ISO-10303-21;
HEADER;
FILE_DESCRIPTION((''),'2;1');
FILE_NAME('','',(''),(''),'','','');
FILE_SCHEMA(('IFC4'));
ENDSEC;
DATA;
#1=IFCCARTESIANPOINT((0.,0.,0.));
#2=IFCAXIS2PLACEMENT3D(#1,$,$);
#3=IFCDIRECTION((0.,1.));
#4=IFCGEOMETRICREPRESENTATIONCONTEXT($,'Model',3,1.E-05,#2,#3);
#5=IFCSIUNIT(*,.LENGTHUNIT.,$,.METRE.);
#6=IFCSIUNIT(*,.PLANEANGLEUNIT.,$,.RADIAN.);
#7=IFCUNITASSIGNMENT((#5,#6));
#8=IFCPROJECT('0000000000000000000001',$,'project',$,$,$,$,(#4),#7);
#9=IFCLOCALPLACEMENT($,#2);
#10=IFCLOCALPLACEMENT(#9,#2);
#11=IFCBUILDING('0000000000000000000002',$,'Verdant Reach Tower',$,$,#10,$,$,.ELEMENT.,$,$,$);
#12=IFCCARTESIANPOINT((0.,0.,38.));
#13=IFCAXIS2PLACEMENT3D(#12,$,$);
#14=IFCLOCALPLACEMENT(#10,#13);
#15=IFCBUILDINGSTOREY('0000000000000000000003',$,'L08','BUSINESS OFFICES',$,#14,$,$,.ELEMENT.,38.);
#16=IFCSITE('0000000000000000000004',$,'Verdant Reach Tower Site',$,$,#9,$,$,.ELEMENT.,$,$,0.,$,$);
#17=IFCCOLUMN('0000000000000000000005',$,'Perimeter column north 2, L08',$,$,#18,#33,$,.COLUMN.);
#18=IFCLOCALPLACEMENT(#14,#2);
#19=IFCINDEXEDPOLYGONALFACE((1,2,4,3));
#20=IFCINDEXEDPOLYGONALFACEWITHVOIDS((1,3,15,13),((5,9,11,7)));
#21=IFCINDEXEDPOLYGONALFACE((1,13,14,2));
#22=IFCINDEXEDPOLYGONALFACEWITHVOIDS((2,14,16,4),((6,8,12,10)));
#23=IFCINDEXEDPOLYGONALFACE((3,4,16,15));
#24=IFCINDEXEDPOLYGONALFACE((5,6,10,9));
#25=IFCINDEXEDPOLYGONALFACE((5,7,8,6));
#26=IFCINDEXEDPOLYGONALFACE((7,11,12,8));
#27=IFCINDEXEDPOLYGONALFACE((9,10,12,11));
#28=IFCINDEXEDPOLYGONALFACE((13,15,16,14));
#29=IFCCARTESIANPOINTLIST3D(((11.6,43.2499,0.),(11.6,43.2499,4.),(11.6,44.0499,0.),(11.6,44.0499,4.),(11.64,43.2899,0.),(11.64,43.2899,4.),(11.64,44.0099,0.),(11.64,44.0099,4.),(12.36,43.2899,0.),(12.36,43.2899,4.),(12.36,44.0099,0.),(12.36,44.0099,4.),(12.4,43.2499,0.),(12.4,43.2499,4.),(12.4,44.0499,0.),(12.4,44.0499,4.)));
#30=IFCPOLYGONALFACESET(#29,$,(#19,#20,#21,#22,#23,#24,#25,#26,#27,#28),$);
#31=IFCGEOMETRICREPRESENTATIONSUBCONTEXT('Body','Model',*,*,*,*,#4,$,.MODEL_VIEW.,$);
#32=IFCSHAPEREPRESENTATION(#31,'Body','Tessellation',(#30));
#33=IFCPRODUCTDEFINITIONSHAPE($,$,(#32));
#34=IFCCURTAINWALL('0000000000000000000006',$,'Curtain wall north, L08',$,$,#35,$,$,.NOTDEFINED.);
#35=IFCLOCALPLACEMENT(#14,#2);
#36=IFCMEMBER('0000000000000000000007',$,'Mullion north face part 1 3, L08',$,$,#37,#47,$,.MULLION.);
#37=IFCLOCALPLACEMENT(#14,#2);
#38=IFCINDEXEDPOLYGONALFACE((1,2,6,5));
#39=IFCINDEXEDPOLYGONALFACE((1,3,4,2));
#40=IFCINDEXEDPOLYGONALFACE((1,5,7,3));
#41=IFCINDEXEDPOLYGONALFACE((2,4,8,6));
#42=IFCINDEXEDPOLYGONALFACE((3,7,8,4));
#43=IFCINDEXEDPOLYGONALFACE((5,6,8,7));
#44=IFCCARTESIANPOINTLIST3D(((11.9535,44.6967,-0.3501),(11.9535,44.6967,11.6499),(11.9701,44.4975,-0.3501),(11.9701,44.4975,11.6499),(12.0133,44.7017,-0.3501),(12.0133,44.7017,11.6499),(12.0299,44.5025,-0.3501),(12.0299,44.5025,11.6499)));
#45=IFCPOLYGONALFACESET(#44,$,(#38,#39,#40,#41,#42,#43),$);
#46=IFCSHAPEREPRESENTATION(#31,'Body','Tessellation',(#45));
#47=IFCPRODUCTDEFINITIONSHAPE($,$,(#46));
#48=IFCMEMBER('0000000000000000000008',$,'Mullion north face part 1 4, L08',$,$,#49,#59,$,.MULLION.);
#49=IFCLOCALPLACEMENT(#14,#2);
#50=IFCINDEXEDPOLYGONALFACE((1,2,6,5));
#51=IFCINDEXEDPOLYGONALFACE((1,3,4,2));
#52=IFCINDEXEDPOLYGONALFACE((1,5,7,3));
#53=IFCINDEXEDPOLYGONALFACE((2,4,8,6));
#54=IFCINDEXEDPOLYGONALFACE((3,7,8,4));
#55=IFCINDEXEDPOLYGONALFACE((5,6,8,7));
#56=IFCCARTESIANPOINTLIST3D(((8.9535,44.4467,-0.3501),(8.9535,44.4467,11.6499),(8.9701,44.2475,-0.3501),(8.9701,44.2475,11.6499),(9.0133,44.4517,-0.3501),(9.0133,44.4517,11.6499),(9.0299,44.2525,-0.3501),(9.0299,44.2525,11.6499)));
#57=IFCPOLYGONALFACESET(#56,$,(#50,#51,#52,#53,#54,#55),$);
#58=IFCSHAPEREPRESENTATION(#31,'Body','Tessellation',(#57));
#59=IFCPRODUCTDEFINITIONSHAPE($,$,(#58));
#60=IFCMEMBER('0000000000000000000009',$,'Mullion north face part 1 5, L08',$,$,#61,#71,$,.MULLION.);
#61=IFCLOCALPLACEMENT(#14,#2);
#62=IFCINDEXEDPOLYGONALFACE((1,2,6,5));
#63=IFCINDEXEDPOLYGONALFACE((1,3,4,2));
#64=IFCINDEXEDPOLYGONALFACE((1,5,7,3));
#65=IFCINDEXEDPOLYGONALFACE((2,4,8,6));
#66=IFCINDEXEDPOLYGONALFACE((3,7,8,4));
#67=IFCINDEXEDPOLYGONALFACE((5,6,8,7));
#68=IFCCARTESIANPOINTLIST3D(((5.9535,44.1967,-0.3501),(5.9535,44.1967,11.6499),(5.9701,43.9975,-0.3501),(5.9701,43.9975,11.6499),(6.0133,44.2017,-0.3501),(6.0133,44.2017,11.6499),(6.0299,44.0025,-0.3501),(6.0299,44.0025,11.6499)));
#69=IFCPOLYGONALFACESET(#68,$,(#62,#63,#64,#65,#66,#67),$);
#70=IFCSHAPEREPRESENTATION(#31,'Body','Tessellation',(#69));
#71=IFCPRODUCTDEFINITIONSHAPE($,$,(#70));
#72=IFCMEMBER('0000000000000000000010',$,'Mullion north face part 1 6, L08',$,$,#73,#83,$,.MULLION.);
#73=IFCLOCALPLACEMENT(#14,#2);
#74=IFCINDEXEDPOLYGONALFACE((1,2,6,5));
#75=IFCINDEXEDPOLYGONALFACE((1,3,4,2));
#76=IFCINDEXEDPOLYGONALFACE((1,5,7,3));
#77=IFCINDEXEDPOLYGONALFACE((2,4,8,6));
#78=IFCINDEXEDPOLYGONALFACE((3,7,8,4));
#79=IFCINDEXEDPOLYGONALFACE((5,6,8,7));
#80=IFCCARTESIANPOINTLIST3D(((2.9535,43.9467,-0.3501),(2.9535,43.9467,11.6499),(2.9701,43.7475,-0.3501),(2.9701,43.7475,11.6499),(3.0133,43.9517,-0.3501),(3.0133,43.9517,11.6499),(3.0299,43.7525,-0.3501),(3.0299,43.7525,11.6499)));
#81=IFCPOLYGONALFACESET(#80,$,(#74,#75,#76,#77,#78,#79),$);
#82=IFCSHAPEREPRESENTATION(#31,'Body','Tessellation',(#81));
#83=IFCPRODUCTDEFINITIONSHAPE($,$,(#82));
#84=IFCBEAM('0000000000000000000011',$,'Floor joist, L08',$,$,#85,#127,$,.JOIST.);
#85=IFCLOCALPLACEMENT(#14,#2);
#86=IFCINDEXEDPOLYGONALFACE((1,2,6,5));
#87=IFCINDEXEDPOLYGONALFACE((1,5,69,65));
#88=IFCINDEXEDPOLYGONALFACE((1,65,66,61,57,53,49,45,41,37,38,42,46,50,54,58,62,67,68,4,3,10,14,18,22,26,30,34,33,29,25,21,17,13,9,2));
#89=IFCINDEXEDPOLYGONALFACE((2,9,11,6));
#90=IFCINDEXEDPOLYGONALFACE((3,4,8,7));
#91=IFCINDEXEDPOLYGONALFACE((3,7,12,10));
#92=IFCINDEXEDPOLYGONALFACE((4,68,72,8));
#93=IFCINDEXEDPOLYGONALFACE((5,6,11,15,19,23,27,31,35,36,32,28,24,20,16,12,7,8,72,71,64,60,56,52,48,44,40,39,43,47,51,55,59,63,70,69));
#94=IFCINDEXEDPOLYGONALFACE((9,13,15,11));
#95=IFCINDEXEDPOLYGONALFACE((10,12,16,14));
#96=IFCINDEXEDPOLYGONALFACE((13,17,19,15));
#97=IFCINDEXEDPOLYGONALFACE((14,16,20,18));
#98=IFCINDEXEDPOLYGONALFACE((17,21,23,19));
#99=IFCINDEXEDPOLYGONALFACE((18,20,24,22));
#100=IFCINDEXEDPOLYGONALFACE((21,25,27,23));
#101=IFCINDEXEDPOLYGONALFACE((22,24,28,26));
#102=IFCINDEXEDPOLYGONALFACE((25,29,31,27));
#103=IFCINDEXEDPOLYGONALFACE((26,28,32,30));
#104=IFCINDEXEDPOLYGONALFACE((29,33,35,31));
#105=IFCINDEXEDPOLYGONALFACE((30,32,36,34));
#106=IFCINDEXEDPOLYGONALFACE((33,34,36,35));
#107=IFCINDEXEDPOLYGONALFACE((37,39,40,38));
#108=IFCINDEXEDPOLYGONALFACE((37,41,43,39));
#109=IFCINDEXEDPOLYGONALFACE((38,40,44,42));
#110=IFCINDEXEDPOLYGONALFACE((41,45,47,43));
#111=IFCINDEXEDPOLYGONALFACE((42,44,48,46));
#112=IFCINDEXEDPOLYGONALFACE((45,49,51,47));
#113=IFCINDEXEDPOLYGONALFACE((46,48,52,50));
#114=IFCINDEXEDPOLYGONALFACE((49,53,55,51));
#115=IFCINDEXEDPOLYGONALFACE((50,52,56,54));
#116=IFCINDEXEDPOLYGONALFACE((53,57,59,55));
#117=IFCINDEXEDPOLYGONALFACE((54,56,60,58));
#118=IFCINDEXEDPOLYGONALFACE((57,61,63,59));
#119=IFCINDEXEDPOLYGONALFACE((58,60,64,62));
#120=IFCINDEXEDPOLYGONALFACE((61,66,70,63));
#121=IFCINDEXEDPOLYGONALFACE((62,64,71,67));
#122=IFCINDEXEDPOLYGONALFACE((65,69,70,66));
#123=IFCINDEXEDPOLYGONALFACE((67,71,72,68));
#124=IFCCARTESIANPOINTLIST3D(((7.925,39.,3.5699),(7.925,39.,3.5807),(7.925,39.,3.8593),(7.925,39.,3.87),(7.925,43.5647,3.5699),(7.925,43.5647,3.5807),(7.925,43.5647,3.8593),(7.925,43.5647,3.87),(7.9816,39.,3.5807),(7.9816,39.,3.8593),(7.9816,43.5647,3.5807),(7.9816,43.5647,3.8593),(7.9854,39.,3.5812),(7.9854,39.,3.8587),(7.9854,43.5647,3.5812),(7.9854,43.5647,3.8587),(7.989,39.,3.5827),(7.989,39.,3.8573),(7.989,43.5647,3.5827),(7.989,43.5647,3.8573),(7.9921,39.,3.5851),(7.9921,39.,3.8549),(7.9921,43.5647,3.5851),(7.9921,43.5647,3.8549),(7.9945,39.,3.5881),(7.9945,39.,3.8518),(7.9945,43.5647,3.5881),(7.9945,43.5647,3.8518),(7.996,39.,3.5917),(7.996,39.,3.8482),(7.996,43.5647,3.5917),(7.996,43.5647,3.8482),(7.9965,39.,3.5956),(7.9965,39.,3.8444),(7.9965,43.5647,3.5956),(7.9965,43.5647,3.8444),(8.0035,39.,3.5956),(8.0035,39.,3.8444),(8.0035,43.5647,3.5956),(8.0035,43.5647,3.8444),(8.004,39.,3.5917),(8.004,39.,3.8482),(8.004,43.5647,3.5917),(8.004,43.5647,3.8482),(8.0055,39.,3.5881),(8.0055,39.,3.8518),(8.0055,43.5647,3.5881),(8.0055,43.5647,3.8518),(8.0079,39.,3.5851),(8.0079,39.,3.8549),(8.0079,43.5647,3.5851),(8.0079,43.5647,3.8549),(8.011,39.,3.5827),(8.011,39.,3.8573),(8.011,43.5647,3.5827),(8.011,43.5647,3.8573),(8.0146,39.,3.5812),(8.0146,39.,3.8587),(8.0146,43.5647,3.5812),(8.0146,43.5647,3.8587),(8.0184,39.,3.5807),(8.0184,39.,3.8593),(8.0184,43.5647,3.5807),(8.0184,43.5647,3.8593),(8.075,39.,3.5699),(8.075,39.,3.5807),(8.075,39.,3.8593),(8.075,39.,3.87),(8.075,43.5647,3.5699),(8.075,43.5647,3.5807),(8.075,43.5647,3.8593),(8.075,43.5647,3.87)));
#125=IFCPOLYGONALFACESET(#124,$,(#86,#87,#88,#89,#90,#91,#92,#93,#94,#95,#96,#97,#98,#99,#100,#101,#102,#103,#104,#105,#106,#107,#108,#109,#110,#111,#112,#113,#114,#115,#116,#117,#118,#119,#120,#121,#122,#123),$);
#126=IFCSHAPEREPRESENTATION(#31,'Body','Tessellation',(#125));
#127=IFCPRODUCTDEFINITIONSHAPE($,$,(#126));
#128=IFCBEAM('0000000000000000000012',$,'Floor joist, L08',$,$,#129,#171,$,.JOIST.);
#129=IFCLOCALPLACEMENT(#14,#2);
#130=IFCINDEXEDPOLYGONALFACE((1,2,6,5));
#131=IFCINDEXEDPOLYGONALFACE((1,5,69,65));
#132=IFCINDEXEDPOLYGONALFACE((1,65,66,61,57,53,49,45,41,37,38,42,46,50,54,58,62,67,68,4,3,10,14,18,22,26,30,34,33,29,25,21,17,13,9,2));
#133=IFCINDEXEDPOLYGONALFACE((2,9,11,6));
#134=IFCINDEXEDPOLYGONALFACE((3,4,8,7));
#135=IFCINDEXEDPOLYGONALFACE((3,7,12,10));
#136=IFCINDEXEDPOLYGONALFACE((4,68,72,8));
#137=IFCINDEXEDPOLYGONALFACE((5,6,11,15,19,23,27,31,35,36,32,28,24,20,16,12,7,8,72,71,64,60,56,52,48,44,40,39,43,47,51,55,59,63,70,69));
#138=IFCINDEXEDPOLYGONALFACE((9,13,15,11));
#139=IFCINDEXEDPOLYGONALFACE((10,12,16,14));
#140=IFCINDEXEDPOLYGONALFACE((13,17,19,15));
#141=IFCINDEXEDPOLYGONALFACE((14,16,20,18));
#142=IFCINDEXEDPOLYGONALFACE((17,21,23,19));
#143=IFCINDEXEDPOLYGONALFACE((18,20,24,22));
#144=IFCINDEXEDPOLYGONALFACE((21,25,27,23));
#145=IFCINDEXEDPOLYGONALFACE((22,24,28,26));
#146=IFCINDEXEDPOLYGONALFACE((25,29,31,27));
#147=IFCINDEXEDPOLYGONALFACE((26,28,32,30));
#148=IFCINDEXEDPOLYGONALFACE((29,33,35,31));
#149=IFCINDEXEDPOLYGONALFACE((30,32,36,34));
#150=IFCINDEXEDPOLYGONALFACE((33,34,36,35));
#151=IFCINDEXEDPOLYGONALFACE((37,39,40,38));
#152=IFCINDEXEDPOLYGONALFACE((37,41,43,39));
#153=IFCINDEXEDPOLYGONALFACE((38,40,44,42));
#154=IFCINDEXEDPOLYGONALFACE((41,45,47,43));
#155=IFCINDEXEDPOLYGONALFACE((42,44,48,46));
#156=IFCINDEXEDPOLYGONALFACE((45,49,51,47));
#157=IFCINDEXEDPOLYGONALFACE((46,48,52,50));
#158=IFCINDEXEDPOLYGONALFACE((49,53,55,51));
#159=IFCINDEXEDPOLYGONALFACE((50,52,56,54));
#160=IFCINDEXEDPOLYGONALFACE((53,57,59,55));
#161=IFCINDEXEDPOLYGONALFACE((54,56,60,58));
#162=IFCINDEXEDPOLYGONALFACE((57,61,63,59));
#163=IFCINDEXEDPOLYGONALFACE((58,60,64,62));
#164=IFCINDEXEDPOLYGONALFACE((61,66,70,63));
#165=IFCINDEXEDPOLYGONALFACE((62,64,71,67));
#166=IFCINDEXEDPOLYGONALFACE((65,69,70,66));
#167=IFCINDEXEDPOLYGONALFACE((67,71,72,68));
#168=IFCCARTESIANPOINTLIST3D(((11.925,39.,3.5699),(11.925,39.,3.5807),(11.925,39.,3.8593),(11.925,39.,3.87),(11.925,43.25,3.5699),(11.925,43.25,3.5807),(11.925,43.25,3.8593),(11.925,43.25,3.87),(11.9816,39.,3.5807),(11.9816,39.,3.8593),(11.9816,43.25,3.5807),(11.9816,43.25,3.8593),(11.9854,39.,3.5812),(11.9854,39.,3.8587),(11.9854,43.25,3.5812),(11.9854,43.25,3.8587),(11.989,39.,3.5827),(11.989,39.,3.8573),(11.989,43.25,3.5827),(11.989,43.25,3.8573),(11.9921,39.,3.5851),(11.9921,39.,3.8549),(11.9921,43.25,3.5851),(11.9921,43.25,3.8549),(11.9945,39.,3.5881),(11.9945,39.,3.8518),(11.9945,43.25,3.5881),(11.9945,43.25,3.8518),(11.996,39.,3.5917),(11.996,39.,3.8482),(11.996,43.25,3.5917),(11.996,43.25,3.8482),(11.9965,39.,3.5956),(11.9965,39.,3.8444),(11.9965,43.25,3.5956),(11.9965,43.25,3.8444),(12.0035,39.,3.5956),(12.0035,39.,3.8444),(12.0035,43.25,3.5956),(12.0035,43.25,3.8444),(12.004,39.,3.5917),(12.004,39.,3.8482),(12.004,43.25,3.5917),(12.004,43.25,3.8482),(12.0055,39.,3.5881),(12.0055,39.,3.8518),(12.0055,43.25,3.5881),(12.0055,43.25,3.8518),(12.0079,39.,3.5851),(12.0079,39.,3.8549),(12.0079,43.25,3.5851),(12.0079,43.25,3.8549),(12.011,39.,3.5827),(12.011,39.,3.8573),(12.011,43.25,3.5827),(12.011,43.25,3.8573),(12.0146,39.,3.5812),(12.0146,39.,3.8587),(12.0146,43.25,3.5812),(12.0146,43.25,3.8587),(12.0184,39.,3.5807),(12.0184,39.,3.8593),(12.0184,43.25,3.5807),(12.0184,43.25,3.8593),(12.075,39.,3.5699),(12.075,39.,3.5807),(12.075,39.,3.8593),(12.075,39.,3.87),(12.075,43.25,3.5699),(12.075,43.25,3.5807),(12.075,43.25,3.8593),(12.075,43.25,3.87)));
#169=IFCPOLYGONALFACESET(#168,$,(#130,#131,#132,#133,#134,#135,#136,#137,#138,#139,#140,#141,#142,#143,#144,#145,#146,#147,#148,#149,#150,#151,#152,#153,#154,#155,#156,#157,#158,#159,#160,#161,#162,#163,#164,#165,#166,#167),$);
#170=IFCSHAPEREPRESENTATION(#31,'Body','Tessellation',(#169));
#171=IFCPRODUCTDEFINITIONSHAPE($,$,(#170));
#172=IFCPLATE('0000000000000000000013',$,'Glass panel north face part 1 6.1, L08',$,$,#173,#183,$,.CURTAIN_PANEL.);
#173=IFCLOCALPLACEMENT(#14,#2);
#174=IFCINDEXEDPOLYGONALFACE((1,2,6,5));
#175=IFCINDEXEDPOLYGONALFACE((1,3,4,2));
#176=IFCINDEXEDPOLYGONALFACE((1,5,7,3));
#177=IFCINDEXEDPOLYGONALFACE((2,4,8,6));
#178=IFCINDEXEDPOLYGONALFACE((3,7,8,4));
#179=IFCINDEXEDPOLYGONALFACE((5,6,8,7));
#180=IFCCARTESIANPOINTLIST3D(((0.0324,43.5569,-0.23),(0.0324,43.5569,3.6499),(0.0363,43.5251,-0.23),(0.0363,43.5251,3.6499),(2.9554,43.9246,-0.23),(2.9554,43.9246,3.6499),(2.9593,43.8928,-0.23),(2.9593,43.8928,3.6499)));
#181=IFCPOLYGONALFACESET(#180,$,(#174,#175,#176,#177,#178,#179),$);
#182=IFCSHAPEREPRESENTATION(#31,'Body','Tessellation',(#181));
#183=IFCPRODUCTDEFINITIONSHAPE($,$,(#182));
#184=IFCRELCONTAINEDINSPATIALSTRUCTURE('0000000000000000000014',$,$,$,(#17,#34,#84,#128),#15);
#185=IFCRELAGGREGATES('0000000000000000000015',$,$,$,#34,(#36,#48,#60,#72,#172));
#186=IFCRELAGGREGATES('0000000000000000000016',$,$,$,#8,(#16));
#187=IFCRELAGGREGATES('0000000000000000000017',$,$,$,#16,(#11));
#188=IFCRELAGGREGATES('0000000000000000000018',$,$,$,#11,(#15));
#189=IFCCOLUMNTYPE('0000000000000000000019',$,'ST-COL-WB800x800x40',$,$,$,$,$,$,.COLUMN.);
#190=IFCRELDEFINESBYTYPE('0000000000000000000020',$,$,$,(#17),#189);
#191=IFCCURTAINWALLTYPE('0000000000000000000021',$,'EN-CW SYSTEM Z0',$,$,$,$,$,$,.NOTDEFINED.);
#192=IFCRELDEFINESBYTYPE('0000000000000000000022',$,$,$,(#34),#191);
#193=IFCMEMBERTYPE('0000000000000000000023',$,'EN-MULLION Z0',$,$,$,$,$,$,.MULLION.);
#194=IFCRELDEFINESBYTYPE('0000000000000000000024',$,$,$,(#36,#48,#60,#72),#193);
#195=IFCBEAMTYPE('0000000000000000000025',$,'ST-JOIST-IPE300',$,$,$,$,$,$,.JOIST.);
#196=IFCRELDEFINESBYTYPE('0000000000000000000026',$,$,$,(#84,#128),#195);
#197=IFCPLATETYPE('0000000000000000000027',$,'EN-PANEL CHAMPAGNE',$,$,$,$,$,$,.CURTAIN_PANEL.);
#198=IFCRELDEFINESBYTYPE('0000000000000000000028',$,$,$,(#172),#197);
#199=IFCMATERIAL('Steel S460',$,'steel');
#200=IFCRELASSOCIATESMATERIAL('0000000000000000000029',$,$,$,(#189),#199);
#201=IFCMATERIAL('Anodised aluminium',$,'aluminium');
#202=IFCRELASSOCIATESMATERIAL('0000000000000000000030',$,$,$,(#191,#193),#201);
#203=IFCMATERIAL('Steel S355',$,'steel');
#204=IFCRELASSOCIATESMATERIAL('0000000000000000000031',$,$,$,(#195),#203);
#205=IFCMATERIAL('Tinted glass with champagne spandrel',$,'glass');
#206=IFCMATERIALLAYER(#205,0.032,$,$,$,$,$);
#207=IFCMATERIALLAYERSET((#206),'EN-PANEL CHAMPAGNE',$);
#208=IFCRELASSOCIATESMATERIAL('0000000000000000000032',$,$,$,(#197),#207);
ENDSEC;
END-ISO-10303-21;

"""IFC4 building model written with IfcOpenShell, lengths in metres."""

from ifc_helpers import new_model, si_unit, direction, frame, origin, origin_2d, place, context, subcontext, project, spatial, rectangle, hollow_rectangle, i_section, extrude, material, layer, layer_set, material_profile, profile_set, type_object, element, aggregate, save


model = new_model("IFC4")

# Units and contexts
model_context = context("Model", 3, precision=1e-05, world=origin(), true_north=direction((0.0, 1.0)))
body_context = subcontext(model_context, "Body", "Model", "MODEL_VIEW")
ifc_project = project(units=[si_unit("LENGTHUNIT", "METRE"), si_unit("PLANEANGLEUNIT", "RADIAN")], contexts=[model_context])

# Site, building, storey
site_placement = place(None, origin())
site = spatial("IfcSite", under=ifc_project, at=site_placement, Name="Verdant Reach Tower Site", CompositionType="ELEMENT", RefElevation=0.0)
building_placement = place(site_placement, origin())
building = spatial("IfcBuilding", under=site, at=building_placement, Name="Verdant Reach Tower", CompositionType="ELEMENT")
storey_placement = place(building_placement, frame((0.0, 0.0, 38.0)))
storey = spatial("IfcBuildingStorey", under=building, at=storey_placement, Name="L08", Description="BUSINESS OFFICES", CompositionType="ELEMENT", Elevation=38.0)

# Column
ifc_material_1 = material(Name="Steel S460", Category="steel")
ifc_material_profile_1 = material_profile(ifc_material_1, hollow_rectangle(XDim=0.8, YDim=0.8, WallThickness=0.04, at=origin_2d()), Name="WB 800x800x40")
ifc_profile_set_1 = profile_set([ifc_material_profile_1], Name="Steel S460")
column_type = type_object("IfcColumnType", Name="ST-COL-WB800x800x40", PredefinedType="COLUMN", material=ifc_profile_set_1)
column_placement = place(storey_placement, frame((12.0, 43.6499, 0.0), z_axis=(0.0, 0.0, 1.0), x_axis=(1.0, 0.0, 0.0)))
element("IfcColumn", 1, at=column_placement, inside=storey, type_object=column_type, Name="Perimeter column north 2, L08", PredefinedType="COLUMN", context=body_context, shape_type="SweptSolid", body=[
    extrude(hollow_rectangle(XDim=0.8, YDim=0.8, WallThickness=0.04, at=origin_2d()), origin(), (0.0, 0.0, 1.0), 4.0),
])

# Curtain wall, members
ifc_material_2 = material(Name="Anodised aluminium", Category="aluminium")
curtain_wall_type = type_object("IfcCurtainWallType", Name="EN-CW SYSTEM Z0", PredefinedType="NOTDEFINED", material=ifc_material_2)
curtain_wall_placement = place(storey_placement, origin())
curtain_wall = element("IfcCurtainWall", 2, at=curtain_wall_placement, inside=storey, type_object=curtain_wall_type, Name="Curtain wall north, L08", PredefinedType="NOTDEFINED")
ifc_material_profile_2 = material_profile(ifc_material_2, rectangle(XDim=0.2, YDim=0.0601, at=origin_2d()), Name="Mullion 60x200")
ifc_profile_set_2 = profile_set([ifc_material_profile_2], Name="Anodised aluminium")
member_type = type_object("IfcMemberType", Name="EN-MULLION Z0", PredefinedType="MULLION", material=ifc_profile_set_2)
member_1_placement = place(storey_placement, frame((11.9917, 44.5996, -0.3501), z_axis=(0.0, 0.0, 1.0), x_axis=(-0.083045, 0.996546, 0.0)))
member_1 = element("IfcMember", 3, at=member_1_placement, type_object=member_type, Name="Mullion north face part 1 3, L08", PredefinedType="MULLION", context=body_context, shape_type="SweptSolid", body=[
    extrude(rectangle(XDim=0.2, YDim=0.0601, at=origin_2d()), origin(), (0.0, 0.0, 1.0), 12.0),
])
member_2_placement = place(storey_placement, frame((8.9917, 44.3496, -0.3501), z_axis=(0.0, 0.0, 1.0), x_axis=(-0.083045, 0.996546, 0.0)))
member_2 = element("IfcMember", 4, at=member_2_placement, type_object=member_type, Name="Mullion north face part 1 4, L08", PredefinedType="MULLION", context=body_context, shape_type="SweptSolid", body=[
    extrude(rectangle(XDim=0.2, YDim=0.0601, at=origin_2d()), origin(), (0.0, 0.0, 1.0), 12.0),
])
member_3_placement = place(storey_placement, frame((5.9917, 44.0996, -0.3501), z_axis=(0.0, 0.0, 1.0), x_axis=(-0.083045, 0.996546, 0.0)))
member_3 = element("IfcMember", 5, at=member_3_placement, type_object=member_type, Name="Mullion north face part 1 5, L08", PredefinedType="MULLION", context=body_context, shape_type="SweptSolid", body=[
    extrude(rectangle(XDim=0.2, YDim=0.0601, at=origin_2d()), origin(), (0.0, 0.0, 1.0), 12.0),
])
member_4_placement = place(storey_placement, frame((2.9917, 43.8496, -0.3501), z_axis=(0.0, 0.0, 1.0), x_axis=(-0.083045, 0.996546, 0.0)))
member_4 = element("IfcMember", 6, at=member_4_placement, type_object=member_type, Name="Mullion north face part 1 6, L08", PredefinedType="MULLION", context=body_context, shape_type="SweptSolid", body=[
    extrude(rectangle(XDim=0.2, YDim=0.0601, at=origin_2d()), origin(), (0.0, 0.0, 1.0), 12.0),
])

# Beams
ifc_material_3 = material(Name="Steel S355", Category="steel")
ifc_material_profile_3 = material_profile(ifc_material_3, i_section(OverallWidth=0.1499, OverallDepth=0.3, WebThickness=0.0071, FlangeThickness=0.0107, FilletRadius=0.0149, at=origin_2d()), Name="IPE 300")
ifc_profile_set_3 = profile_set([ifc_material_profile_3], Name="Steel S355")
beam_type = type_object("IfcBeamType", Name="ST-JOIST-IPE300", PredefinedType="JOIST", material=ifc_profile_set_3)
beam_1_placement = place(storey_placement, frame((8.0, 39.0, 3.72), z_axis=(0.0, 1.0, 0.0), x_axis=(-1.0, 0.0, 0.0)))
element("IfcBeam", 7, at=beam_1_placement, inside=storey, type_object=beam_type, Name="Floor joist, L08", PredefinedType="JOIST", context=body_context, shape_type="SweptSolid", body=[
    extrude(i_section(OverallWidth=0.1499, OverallDepth=0.3, WebThickness=0.0071, FlangeThickness=0.0107, FilletRadius=0.0149, at=origin_2d()), origin(), (0.0, 0.0, 1.0), 4.5647),
])
beam_2_placement = place(storey_placement, frame((12.0, 39.0, 3.72), z_axis=(0.0, 1.0, 0.0), x_axis=(-1.0, 0.0, 0.0)))
element("IfcBeam", 8, at=beam_2_placement, inside=storey, type_object=beam_type, Name="Floor joist, L08", PredefinedType="JOIST", context=body_context, shape_type="SweptSolid", body=[
    extrude(i_section(OverallWidth=0.1499, OverallDepth=0.3, WebThickness=0.0071, FlangeThickness=0.0107, FilletRadius=0.0149, at=origin_2d()), origin(), (0.0, 0.0, 1.0), 4.25),
])

# Plate
ifc_material_4 = material(Name="Tinted glass with champagne spandrel", Category="glass")
ifc_layer_1 = layer(ifc_material_4, 0.032)
ifc_layer_set_1 = layer_set([ifc_layer_1], Name="EN-PANEL CHAMPAGNE")
plate_type_1 = type_object("IfcPlateType", Name="EN-PANEL CHAMPAGNE", PredefinedType="CURTAIN_PANEL", material=ifc_layer_set_1)
plate_1_placement = place(storey_placement, frame((1.4958, 43.7249, -0.23), z_axis=(0.0, 0.0, 1.0), x_axis=(-0.99218, -0.124818, 0.0)))
plate_1 = element("IfcPlate", 9, at=plate_1_placement, type_object=plate_type_1, Name="Glass panel north face part 1 6.1, L08", PredefinedType="CURTAIN_PANEL", context=body_context, shape_type="SweptSolid", body=[
    extrude(rectangle(XDim=2.946, YDim=0.032, at=origin_2d()), origin(), (0.0, 0.0, 1.0), 3.8799),
])
aggregate(curtain_wall, [member_1, member_2, member_3, member_4, plate_1])

save(model, "model.ifc")
